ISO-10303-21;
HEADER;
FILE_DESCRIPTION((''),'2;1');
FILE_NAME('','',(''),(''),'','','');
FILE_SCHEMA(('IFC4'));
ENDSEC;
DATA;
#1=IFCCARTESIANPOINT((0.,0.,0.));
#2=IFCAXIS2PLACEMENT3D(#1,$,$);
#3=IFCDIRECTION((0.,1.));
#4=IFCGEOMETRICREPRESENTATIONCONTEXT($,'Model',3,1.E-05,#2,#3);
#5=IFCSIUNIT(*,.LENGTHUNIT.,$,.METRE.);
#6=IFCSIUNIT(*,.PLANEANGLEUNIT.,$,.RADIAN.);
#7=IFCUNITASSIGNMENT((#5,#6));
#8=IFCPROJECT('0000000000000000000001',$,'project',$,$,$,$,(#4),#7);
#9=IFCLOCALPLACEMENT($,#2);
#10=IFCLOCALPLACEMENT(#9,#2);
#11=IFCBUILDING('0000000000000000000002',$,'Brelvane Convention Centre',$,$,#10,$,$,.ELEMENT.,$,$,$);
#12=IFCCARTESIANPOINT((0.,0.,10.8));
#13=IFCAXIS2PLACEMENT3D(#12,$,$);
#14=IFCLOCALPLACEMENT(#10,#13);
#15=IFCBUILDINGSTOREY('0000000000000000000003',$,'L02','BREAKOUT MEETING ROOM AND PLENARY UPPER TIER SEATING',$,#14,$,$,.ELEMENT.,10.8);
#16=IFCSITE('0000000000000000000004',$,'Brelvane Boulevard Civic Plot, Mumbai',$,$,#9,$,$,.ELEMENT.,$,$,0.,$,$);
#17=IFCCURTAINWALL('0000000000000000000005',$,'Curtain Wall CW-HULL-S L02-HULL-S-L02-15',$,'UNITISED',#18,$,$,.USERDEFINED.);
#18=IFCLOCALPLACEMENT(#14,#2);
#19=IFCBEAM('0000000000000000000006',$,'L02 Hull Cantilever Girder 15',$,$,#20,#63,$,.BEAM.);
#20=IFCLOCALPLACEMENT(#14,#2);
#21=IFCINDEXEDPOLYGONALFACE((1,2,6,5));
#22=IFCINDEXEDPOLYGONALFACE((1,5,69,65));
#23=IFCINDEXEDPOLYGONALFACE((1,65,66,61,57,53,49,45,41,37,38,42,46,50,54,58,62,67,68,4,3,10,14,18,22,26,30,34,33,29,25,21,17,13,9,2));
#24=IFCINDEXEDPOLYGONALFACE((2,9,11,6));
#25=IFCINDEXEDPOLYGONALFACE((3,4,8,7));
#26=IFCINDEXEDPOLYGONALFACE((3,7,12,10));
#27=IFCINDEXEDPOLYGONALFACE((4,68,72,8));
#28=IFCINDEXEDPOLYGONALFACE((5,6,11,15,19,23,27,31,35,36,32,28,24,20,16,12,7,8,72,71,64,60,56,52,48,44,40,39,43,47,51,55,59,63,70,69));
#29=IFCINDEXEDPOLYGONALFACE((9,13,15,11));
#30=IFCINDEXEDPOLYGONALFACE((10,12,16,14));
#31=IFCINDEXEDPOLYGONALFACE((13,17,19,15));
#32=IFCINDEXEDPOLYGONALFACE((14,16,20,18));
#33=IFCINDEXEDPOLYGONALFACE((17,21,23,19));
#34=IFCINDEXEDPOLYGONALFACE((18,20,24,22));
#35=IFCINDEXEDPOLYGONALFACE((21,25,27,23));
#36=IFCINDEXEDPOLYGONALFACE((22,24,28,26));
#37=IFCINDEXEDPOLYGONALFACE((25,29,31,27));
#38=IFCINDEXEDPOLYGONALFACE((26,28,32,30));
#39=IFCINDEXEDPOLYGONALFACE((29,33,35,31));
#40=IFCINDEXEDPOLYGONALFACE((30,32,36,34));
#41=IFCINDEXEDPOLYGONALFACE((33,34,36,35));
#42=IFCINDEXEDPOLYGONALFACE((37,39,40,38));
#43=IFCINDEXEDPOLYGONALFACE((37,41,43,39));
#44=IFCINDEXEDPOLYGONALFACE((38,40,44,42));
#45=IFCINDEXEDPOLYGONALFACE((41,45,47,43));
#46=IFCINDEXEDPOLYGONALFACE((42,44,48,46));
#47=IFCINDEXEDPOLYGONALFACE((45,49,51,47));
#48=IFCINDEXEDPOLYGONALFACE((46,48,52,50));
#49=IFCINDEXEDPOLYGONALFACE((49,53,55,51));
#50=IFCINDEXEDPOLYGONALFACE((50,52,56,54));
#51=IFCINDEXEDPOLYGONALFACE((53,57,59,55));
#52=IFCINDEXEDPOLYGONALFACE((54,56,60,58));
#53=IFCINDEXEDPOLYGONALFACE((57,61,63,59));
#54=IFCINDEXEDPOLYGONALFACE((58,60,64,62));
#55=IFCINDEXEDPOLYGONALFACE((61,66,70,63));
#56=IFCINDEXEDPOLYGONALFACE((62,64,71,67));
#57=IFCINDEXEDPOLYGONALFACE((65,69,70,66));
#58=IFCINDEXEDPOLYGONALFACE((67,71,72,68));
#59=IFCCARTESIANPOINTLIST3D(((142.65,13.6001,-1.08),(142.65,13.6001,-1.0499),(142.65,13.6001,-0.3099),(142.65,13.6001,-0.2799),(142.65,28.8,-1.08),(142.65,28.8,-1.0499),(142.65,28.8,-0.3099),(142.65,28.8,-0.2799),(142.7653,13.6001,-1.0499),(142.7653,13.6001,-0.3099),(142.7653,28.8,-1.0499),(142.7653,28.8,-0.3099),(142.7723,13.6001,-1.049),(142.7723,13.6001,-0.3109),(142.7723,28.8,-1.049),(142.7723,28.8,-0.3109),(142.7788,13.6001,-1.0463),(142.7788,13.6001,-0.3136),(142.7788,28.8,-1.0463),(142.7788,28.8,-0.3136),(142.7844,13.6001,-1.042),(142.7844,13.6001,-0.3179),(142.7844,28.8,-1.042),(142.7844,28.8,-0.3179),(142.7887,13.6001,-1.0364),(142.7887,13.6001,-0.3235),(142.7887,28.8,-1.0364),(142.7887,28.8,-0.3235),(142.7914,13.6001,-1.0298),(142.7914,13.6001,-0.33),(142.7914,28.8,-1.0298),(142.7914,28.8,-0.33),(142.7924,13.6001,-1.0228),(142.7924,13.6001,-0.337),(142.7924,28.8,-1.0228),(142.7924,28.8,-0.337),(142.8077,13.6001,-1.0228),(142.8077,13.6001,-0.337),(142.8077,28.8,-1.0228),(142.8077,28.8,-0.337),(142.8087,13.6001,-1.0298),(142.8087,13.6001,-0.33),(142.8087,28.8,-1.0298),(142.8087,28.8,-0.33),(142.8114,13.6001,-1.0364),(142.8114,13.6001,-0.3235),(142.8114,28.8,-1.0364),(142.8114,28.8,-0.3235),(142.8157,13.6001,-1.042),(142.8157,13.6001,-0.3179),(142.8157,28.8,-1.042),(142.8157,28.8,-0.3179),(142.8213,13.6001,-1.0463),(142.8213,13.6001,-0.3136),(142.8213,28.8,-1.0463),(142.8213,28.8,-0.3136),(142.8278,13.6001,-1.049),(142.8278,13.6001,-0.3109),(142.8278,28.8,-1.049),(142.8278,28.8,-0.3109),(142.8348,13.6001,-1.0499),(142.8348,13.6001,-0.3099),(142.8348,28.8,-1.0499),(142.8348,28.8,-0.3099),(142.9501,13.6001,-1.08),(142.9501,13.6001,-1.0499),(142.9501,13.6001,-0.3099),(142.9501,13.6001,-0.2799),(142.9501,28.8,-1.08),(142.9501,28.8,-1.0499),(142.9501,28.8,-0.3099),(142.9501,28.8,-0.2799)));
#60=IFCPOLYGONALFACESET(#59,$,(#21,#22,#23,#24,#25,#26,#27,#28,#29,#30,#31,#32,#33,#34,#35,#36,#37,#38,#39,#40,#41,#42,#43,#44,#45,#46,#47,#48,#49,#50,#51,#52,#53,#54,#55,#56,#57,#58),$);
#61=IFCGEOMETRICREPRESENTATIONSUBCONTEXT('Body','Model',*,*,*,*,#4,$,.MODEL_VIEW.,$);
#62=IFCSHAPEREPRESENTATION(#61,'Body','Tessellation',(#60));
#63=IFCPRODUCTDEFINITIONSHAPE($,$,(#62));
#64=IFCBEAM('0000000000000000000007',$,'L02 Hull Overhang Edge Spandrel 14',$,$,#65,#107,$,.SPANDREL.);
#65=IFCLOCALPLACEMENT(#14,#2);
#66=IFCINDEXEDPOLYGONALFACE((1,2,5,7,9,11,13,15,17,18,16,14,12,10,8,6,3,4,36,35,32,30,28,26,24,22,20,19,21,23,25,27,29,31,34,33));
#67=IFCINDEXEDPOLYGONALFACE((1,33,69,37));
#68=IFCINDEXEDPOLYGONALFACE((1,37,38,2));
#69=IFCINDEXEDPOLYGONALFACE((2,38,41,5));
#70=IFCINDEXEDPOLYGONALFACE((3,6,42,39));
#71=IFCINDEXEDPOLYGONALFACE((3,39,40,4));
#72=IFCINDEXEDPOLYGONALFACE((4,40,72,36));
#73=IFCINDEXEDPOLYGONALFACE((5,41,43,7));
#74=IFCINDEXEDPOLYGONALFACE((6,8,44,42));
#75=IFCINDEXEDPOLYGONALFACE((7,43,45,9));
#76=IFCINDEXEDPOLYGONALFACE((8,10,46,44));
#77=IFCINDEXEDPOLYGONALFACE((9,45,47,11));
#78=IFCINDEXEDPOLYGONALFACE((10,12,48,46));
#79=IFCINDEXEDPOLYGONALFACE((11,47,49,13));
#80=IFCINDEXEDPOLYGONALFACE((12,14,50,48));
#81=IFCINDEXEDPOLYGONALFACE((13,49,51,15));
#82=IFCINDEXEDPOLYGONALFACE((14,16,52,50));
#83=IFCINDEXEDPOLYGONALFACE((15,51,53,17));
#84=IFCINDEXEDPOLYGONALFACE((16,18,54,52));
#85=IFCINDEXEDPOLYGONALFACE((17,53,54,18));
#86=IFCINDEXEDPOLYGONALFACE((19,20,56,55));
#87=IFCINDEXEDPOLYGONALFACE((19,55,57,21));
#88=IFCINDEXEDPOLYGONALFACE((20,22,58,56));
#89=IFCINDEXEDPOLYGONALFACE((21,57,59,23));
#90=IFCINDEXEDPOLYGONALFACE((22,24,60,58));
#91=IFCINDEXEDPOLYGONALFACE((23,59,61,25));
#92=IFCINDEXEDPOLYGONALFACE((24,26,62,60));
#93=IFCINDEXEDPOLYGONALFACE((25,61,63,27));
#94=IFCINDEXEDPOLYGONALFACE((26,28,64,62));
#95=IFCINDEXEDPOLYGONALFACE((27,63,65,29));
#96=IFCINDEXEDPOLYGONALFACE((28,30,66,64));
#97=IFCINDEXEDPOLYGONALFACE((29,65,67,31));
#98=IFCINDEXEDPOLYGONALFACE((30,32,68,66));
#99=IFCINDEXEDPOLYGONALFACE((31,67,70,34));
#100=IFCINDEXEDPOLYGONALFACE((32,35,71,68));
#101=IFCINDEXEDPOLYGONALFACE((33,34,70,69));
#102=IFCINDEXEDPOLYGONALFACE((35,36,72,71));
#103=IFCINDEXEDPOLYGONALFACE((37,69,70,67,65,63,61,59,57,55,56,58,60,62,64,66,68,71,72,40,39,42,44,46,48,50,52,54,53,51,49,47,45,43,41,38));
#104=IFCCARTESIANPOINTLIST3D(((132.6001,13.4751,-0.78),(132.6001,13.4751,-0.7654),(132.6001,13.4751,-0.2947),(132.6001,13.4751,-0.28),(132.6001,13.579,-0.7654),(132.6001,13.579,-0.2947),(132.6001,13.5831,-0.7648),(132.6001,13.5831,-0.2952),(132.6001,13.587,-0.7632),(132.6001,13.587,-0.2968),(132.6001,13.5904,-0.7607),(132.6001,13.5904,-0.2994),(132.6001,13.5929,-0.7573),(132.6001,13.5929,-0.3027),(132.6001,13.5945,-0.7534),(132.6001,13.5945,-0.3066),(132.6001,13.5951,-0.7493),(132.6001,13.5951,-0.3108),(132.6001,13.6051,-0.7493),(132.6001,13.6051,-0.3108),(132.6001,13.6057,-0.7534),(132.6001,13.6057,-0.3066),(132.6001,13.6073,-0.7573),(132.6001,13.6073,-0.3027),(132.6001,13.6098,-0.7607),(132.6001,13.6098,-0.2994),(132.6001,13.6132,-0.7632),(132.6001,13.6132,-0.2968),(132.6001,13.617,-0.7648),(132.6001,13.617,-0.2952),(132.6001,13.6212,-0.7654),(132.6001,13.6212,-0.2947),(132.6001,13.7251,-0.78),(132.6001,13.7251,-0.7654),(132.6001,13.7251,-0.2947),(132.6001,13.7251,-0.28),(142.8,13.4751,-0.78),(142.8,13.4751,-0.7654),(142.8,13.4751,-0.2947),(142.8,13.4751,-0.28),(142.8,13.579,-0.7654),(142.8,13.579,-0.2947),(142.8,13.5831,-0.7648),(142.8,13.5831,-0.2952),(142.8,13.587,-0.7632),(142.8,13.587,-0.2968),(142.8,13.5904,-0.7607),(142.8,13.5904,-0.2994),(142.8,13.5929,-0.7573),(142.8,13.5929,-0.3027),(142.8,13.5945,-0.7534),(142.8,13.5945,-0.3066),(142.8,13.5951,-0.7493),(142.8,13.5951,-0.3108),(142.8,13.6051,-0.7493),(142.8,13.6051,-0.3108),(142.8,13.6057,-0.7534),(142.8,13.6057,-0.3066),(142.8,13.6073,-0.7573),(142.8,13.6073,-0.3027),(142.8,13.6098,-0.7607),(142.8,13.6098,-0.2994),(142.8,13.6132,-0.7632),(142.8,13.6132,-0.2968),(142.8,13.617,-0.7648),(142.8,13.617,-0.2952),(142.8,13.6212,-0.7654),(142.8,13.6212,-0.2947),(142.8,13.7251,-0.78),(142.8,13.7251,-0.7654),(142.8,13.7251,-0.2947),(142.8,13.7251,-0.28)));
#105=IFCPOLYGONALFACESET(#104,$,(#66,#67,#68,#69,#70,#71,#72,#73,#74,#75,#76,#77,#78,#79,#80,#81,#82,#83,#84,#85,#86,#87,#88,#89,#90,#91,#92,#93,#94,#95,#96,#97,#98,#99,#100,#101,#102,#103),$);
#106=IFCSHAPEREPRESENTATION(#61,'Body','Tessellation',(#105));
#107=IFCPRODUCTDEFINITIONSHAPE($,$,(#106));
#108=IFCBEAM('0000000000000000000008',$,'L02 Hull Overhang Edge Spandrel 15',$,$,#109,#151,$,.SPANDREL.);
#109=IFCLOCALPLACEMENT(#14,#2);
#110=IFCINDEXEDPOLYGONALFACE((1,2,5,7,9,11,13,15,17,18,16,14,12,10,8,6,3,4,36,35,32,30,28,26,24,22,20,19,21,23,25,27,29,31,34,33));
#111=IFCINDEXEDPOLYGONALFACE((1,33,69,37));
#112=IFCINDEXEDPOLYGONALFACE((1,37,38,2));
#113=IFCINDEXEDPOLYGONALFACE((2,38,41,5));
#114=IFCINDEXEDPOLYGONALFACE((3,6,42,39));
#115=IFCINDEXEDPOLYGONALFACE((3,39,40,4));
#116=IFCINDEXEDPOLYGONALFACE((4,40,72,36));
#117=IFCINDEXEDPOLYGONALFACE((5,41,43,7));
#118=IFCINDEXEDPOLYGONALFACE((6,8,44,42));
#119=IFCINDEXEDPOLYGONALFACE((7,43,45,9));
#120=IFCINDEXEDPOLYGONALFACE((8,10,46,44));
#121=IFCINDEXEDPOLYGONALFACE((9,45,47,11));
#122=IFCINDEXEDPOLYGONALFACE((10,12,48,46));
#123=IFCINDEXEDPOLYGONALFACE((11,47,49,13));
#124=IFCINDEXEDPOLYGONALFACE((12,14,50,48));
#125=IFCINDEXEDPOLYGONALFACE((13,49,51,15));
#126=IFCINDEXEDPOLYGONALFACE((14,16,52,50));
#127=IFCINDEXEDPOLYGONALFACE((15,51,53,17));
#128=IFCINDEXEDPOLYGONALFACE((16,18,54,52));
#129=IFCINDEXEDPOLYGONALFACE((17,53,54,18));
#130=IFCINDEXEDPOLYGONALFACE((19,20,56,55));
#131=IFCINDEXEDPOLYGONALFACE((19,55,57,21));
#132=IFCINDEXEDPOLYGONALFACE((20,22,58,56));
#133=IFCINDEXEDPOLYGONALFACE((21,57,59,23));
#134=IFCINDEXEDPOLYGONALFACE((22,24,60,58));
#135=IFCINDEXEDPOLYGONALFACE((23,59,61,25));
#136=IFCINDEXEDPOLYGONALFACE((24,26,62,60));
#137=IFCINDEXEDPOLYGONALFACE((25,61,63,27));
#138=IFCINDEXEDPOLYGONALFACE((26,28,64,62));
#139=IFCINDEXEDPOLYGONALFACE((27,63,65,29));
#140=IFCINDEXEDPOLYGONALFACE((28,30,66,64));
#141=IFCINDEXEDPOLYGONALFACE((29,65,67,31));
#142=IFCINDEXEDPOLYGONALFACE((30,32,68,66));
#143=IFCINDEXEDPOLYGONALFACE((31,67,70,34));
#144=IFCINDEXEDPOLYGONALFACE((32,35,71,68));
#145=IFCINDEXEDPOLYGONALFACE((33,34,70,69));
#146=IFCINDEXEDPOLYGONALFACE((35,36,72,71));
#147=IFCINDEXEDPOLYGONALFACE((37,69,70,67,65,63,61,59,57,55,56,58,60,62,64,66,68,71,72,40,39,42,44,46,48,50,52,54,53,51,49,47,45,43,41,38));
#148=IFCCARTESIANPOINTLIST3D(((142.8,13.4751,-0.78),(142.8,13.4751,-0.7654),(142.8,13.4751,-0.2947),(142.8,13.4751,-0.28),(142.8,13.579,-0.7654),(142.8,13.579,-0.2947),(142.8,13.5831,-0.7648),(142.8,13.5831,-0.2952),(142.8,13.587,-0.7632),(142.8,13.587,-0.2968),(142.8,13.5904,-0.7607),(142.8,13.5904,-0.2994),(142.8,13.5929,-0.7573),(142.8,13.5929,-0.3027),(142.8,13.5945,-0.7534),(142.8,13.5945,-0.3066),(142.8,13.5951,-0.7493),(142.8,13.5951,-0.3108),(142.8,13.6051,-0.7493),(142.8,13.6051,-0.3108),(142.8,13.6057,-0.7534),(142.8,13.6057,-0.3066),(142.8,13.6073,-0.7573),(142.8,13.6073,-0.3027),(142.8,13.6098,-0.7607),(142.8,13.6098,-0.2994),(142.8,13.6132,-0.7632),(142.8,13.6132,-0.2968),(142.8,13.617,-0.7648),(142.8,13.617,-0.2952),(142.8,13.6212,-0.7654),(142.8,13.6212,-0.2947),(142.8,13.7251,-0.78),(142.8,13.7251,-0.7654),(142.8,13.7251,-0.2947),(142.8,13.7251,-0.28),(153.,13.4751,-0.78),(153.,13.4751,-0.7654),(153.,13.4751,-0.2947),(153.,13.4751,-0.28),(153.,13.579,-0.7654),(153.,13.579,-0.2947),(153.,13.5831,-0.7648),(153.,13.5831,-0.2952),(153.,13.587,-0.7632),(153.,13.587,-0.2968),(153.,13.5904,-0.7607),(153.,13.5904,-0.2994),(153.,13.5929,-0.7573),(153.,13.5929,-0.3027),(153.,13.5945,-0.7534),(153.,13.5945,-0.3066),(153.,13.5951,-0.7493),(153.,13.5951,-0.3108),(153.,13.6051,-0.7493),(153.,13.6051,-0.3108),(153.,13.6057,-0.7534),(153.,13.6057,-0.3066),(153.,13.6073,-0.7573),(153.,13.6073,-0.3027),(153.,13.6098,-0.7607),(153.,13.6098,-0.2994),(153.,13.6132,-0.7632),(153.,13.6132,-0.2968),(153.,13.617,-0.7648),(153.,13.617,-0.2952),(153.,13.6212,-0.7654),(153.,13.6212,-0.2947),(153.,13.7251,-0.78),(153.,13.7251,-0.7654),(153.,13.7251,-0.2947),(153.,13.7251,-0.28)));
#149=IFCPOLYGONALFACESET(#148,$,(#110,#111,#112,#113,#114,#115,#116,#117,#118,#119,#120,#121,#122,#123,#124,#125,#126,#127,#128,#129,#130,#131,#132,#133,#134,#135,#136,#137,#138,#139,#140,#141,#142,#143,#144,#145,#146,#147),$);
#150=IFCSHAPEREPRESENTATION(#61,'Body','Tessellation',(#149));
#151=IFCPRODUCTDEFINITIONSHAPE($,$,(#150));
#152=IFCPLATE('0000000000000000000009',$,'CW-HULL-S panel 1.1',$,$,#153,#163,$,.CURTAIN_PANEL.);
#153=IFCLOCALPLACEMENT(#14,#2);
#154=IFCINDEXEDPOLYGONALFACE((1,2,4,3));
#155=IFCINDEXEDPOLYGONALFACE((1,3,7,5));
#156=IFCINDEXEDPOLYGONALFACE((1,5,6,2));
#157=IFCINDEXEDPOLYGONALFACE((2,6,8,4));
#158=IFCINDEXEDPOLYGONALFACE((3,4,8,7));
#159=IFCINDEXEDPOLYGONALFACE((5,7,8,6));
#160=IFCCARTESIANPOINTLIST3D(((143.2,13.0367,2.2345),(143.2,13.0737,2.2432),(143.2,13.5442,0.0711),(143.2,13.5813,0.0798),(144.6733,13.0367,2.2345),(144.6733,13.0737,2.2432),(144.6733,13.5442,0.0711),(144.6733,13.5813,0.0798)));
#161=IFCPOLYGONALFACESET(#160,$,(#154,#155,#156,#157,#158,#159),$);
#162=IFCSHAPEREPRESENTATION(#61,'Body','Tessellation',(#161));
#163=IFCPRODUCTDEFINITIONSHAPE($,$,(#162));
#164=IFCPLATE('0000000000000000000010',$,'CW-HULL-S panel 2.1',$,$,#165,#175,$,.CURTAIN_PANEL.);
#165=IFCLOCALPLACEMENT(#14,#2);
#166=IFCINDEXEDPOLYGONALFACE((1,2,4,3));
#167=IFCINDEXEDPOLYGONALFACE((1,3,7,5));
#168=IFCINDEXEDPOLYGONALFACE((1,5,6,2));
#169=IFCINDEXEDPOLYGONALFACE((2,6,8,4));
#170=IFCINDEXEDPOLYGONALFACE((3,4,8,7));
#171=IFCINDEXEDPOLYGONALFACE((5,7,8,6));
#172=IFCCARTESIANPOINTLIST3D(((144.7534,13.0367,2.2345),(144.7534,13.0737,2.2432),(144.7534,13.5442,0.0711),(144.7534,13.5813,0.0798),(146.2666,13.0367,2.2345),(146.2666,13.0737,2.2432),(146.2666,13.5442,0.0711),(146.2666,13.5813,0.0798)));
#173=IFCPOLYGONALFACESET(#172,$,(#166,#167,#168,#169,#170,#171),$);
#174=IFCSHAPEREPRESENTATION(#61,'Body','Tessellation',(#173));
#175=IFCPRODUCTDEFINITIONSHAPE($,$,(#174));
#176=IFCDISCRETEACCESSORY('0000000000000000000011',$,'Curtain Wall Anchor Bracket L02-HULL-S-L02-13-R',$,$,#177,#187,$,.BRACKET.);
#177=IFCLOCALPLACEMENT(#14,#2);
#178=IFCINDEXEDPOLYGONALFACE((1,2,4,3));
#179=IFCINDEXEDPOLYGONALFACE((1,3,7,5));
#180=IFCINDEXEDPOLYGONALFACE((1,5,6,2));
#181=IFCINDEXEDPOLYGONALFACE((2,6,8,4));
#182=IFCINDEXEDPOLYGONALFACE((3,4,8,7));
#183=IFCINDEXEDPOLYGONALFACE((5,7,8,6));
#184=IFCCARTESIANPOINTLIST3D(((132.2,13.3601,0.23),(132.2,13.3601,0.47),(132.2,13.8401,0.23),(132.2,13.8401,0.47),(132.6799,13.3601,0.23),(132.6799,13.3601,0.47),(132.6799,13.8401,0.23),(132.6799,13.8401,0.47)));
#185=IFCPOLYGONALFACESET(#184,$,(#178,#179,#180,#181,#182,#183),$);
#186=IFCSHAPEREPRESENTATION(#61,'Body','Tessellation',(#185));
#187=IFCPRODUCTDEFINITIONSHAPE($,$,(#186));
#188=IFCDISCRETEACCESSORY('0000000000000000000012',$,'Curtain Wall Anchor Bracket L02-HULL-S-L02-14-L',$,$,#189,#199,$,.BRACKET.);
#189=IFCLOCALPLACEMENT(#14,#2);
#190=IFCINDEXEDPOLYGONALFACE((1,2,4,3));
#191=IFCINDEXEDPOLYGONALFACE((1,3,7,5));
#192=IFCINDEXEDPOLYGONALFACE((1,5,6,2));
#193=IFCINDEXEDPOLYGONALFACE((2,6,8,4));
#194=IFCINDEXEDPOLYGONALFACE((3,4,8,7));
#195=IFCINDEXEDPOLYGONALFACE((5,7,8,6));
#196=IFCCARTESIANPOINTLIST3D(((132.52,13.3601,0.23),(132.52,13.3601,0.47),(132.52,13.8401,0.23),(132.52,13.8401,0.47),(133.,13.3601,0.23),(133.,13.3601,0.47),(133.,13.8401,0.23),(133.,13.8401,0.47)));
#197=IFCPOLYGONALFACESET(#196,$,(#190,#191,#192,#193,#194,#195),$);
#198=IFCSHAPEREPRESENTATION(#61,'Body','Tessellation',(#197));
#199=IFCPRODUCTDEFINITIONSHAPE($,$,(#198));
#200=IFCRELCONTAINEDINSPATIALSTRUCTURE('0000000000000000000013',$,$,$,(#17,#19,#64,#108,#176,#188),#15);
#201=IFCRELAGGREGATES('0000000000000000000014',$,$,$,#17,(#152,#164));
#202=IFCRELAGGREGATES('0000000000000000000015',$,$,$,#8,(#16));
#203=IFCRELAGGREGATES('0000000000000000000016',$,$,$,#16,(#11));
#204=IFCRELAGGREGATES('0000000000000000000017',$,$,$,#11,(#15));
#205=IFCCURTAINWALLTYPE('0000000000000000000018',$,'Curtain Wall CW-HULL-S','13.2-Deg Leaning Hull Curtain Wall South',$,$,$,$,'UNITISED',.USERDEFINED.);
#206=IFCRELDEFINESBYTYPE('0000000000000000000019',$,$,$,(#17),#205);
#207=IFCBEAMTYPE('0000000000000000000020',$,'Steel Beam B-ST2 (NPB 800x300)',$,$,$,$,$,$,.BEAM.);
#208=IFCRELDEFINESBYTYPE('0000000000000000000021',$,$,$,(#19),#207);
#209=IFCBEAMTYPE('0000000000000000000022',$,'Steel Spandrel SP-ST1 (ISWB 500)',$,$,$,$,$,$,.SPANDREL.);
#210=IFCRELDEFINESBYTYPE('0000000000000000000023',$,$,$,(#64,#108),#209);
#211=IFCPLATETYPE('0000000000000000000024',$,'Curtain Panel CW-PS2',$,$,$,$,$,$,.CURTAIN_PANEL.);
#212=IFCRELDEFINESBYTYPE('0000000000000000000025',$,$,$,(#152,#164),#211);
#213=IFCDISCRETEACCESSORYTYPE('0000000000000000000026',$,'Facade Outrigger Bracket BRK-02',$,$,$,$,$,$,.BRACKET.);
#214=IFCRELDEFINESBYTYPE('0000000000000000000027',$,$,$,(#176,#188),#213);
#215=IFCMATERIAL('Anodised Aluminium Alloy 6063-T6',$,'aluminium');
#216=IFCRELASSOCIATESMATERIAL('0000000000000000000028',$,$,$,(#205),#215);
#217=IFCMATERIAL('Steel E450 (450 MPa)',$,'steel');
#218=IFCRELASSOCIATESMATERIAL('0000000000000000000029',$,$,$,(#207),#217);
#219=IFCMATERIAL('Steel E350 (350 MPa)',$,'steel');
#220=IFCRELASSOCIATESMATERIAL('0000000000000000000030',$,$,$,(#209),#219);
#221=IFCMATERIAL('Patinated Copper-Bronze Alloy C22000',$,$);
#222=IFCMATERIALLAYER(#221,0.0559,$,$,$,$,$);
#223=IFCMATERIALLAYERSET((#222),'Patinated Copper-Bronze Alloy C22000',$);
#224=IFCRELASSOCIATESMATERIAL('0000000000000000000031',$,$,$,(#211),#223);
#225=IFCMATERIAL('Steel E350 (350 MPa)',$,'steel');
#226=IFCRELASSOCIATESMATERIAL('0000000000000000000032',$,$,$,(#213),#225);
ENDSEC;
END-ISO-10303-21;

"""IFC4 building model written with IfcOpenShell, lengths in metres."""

from ifc_helpers import new_model, si_unit, direction, frame, origin, origin_2d, place, context, subcontext, project, spatial, polyline, rectangle, i_section, outline, extrude, material, layer, layer_set, material_profile, profile_set, type_object, element, aggregate, save


model = new_model("IFC4")

# Units and contexts
model_context = context("Model", 3, precision=1e-05, world=origin(), true_north=direction((0.0, 1.0)))
body_context = subcontext(model_context, "Body", "Model", "MODEL_VIEW")
ifc_project = project(units=[si_unit("LENGTHUNIT", "METRE"), si_unit("PLANEANGLEUNIT", "RADIAN")], contexts=[model_context])

# Site, building, storey
site_placement = place(None, origin())
site = spatial("IfcSite", under=ifc_project, at=site_placement, Name="Brelvane Boulevard Civic Plot, Mumbai", CompositionType="ELEMENT", RefElevation=0.0)
building_placement = place(site_placement, origin())
building = spatial("IfcBuilding", under=site, at=building_placement, Name="Brelvane Convention Centre", CompositionType="ELEMENT")
storey_placement = place(building_placement, frame((0.0, 0.0, 10.8)))
storey = spatial("IfcBuildingStorey", under=building, at=storey_placement, Name="L02", Description="BREAKOUT MEETING ROOM AND PLENARY UPPER TIER SEATING", CompositionType="ELEMENT", Elevation=10.8)

# Shared definitions
ifc_material_1 = material(Name="Anodised Aluminium Alloy 6063-T6", Category="aluminium")
curtain_wall_type = type_object("IfcCurtainWallType", Name="Curtain Wall CW-HULL-S", Description="13.2-Deg Leaning Hull Curtain Wall South", ElementType="UNITISED", PredefinedType="USERDEFINED", material=ifc_material_1)

# Curtain wall
curtain_wall_1_placement = place(storey_placement, origin())
curtain_wall_1 = element("IfcCurtainWall", 1, at=curtain_wall_1_placement, inside=storey, type_object=curtain_wall_type, Name="Curtain Wall CW-HULL-S L02-HULL-S-L02-15", ObjectType="UNITISED", PredefinedType="USERDEFINED")

# Beams
ifc_material_2 = material(Name="Steel E450 (450 MPa)", Category="steel")
ifc_material_profile_1 = material_profile(ifc_material_2, i_section(OverallWidth=0.3, OverallDepth=0.8, WebThickness=0.0154, FlangeThickness=0.03, FilletRadius=0.0271, at=origin_2d()), Name="NPB 800x300")
ifc_profile_set_1 = profile_set([ifc_material_profile_1], Name="Steel E450 (450 MPa)")
beam_type_1 = type_object("IfcBeamType", Name="Steel Beam B-ST2 (NPB 800x300)", PredefinedType="BEAM", material=ifc_profile_set_1)
for number, where, z_axis, x_axis, name in (
    (2, (142.8, 13.6001, -0.6799), (0.0, 1.0, 0.0), (-1.0, 0.0, 0.0), "L02 Hull Cantilever Girder 15"),
):
    element("IfcBeam", number, at=place(storey_placement, frame(where, z_axis=z_axis, x_axis=x_axis)), inside=storey, type_object=beam_type_1, Name=name, PredefinedType="BEAM", context=body_context, shape_type="SweptSolid", body=[
        extrude(i_section(OverallWidth=0.3, OverallDepth=0.8, WebThickness=0.0154, FlangeThickness=0.03, FilletRadius=0.0271, at=origin_2d()), origin(), (0.0, 0.0, 1.0), 15.2),
    ])
ifc_material_3 = material(Name="Steel E350 (350 MPa)", Category="steel")
ifc_material_profile_2 = material_profile(ifc_material_3, i_section(OverallWidth=0.25, OverallDepth=0.5, WebThickness=0.01, FlangeThickness=0.0146, FilletRadius=0.0161, at=origin_2d()), Name="ISWB 500")
ifc_profile_set_2 = profile_set([ifc_material_profile_2], Name="Steel E350 (350 MPa)")
beam_type_2 = type_object("IfcBeamType", Name="Steel Spandrel SP-ST1 (ISWB 500)", PredefinedType="SPANDREL", material=ifc_profile_set_2)
for number, where, z_axis, x_axis, name in (
    (3, (132.6001, 13.6001, -0.53), (1.0, 0.0, 0.0), (0.0, 1.0, 0.0), "L02 Hull Overhang Edge Spandrel 14"),
    (4, (142.8, 13.6001, -0.53), (1.0, 0.0, 0.0), (0.0, 1.0, 0.0), "L02 Hull Overhang Edge Spandrel 15"),
):
    element("IfcBeam", number, at=place(storey_placement, frame(where, z_axis=z_axis, x_axis=x_axis)), inside=storey, type_object=beam_type_2, Name=name, PredefinedType="SPANDREL", context=body_context, shape_type="SweptSolid", body=[
        extrude(i_section(OverallWidth=0.25, OverallDepth=0.5, WebThickness=0.01, FlangeThickness=0.0146, FilletRadius=0.0161, at=origin_2d()), origin(), (0.0, 0.0, 1.0), 10.2),
    ])

# Plates
ifc_material_4 = material(Name="Patinated Copper-Bronze Alloy C22000")
ifc_layer = layer(ifc_material_4, 0.0559)
ifc_layer_set = layer_set([ifc_layer], Name="Patinated Copper-Bronze Alloy C22000")
plate_type = type_object("IfcPlateType", Name="Curtain Panel CW-PS2", PredefinedType="CURTAIN_PANEL", material=ifc_layer_set)
plate_1_placement = place(storey_placement, frame((143.2, 13.5813, 0.0798), z_axis=(0.0, 0.973563, 0.228421), x_axis=(1.0, 0.0, 0.0)))
plate_1 = element("IfcPlate", 5, at=plate_1_placement, type_object=plate_type, Name="CW-HULL-S panel 1.1", PredefinedType="CURTAIN_PANEL", context=body_context, shape_type="SweptSolid", body=[
    extrude(outline(polyline([(0.0, 0.0), (1.4734, 0.0), (1.4734, -2.2221), (0.0, -2.2221), (0.0, 0.0)])), origin(), (0.0, 0.0, -1.0), 0.0381),
])
plate_2_placement = place(storey_placement, frame((144.7534, 13.5813, 0.0798), z_axis=(0.0, 0.973563, 0.228421), x_axis=(1.0, 0.0, 0.0)))
plate_2 = element("IfcPlate", 6, at=plate_2_placement, type_object=plate_type, Name="CW-HULL-S panel 2.1", PredefinedType="CURTAIN_PANEL", context=body_context, shape_type="SweptSolid", body=[
    extrude(outline(polyline([(0.0, 0.0), (1.5132, 0.0), (1.5132, -2.2221), (0.0, -2.2221), (0.0, 0.0)])), origin(), (0.0, 0.0, -1.0), 0.0381),
])
aggregate(curtain_wall_1, [plate_1, plate_2])

# Discrete accessories
ifc_material_5 = material(Name="Steel E350 (350 MPa)", Category="steel")
discrete_accessory_type = type_object("IfcDiscreteAccessoryType", Name="Facade Outrigger Bracket BRK-02", PredefinedType="BRACKET", material=ifc_material_5)
for number, where, z_axis, x_axis, name in (
    (7, (132.4399, 13.6001, 0.23), (0.0, 0.0, 1.0), (1.0, 0.0, 0.0), "Curtain Wall Anchor Bracket L02-HULL-S-L02-13-R"),
    (8, (132.76, 13.6001, 0.23), (0.0, 0.0, 1.0), (1.0, 0.0, 0.0), "Curtain Wall Anchor Bracket L02-HULL-S-L02-14-L"),
):
    element("IfcDiscreteAccessory", number, at=place(storey_placement, frame(where, z_axis=z_axis, x_axis=x_axis)), inside=storey, type_object=discrete_accessory_type, Name=name, PredefinedType="BRACKET", context=body_context, shape_type="SweptSolid", body=[
        extrude(rectangle(XDim=0.48, YDim=0.48, at=origin_2d()), origin(), (0.0, 0.0, 1.0), 0.24),
    ])

save(model, "model.ifc")
